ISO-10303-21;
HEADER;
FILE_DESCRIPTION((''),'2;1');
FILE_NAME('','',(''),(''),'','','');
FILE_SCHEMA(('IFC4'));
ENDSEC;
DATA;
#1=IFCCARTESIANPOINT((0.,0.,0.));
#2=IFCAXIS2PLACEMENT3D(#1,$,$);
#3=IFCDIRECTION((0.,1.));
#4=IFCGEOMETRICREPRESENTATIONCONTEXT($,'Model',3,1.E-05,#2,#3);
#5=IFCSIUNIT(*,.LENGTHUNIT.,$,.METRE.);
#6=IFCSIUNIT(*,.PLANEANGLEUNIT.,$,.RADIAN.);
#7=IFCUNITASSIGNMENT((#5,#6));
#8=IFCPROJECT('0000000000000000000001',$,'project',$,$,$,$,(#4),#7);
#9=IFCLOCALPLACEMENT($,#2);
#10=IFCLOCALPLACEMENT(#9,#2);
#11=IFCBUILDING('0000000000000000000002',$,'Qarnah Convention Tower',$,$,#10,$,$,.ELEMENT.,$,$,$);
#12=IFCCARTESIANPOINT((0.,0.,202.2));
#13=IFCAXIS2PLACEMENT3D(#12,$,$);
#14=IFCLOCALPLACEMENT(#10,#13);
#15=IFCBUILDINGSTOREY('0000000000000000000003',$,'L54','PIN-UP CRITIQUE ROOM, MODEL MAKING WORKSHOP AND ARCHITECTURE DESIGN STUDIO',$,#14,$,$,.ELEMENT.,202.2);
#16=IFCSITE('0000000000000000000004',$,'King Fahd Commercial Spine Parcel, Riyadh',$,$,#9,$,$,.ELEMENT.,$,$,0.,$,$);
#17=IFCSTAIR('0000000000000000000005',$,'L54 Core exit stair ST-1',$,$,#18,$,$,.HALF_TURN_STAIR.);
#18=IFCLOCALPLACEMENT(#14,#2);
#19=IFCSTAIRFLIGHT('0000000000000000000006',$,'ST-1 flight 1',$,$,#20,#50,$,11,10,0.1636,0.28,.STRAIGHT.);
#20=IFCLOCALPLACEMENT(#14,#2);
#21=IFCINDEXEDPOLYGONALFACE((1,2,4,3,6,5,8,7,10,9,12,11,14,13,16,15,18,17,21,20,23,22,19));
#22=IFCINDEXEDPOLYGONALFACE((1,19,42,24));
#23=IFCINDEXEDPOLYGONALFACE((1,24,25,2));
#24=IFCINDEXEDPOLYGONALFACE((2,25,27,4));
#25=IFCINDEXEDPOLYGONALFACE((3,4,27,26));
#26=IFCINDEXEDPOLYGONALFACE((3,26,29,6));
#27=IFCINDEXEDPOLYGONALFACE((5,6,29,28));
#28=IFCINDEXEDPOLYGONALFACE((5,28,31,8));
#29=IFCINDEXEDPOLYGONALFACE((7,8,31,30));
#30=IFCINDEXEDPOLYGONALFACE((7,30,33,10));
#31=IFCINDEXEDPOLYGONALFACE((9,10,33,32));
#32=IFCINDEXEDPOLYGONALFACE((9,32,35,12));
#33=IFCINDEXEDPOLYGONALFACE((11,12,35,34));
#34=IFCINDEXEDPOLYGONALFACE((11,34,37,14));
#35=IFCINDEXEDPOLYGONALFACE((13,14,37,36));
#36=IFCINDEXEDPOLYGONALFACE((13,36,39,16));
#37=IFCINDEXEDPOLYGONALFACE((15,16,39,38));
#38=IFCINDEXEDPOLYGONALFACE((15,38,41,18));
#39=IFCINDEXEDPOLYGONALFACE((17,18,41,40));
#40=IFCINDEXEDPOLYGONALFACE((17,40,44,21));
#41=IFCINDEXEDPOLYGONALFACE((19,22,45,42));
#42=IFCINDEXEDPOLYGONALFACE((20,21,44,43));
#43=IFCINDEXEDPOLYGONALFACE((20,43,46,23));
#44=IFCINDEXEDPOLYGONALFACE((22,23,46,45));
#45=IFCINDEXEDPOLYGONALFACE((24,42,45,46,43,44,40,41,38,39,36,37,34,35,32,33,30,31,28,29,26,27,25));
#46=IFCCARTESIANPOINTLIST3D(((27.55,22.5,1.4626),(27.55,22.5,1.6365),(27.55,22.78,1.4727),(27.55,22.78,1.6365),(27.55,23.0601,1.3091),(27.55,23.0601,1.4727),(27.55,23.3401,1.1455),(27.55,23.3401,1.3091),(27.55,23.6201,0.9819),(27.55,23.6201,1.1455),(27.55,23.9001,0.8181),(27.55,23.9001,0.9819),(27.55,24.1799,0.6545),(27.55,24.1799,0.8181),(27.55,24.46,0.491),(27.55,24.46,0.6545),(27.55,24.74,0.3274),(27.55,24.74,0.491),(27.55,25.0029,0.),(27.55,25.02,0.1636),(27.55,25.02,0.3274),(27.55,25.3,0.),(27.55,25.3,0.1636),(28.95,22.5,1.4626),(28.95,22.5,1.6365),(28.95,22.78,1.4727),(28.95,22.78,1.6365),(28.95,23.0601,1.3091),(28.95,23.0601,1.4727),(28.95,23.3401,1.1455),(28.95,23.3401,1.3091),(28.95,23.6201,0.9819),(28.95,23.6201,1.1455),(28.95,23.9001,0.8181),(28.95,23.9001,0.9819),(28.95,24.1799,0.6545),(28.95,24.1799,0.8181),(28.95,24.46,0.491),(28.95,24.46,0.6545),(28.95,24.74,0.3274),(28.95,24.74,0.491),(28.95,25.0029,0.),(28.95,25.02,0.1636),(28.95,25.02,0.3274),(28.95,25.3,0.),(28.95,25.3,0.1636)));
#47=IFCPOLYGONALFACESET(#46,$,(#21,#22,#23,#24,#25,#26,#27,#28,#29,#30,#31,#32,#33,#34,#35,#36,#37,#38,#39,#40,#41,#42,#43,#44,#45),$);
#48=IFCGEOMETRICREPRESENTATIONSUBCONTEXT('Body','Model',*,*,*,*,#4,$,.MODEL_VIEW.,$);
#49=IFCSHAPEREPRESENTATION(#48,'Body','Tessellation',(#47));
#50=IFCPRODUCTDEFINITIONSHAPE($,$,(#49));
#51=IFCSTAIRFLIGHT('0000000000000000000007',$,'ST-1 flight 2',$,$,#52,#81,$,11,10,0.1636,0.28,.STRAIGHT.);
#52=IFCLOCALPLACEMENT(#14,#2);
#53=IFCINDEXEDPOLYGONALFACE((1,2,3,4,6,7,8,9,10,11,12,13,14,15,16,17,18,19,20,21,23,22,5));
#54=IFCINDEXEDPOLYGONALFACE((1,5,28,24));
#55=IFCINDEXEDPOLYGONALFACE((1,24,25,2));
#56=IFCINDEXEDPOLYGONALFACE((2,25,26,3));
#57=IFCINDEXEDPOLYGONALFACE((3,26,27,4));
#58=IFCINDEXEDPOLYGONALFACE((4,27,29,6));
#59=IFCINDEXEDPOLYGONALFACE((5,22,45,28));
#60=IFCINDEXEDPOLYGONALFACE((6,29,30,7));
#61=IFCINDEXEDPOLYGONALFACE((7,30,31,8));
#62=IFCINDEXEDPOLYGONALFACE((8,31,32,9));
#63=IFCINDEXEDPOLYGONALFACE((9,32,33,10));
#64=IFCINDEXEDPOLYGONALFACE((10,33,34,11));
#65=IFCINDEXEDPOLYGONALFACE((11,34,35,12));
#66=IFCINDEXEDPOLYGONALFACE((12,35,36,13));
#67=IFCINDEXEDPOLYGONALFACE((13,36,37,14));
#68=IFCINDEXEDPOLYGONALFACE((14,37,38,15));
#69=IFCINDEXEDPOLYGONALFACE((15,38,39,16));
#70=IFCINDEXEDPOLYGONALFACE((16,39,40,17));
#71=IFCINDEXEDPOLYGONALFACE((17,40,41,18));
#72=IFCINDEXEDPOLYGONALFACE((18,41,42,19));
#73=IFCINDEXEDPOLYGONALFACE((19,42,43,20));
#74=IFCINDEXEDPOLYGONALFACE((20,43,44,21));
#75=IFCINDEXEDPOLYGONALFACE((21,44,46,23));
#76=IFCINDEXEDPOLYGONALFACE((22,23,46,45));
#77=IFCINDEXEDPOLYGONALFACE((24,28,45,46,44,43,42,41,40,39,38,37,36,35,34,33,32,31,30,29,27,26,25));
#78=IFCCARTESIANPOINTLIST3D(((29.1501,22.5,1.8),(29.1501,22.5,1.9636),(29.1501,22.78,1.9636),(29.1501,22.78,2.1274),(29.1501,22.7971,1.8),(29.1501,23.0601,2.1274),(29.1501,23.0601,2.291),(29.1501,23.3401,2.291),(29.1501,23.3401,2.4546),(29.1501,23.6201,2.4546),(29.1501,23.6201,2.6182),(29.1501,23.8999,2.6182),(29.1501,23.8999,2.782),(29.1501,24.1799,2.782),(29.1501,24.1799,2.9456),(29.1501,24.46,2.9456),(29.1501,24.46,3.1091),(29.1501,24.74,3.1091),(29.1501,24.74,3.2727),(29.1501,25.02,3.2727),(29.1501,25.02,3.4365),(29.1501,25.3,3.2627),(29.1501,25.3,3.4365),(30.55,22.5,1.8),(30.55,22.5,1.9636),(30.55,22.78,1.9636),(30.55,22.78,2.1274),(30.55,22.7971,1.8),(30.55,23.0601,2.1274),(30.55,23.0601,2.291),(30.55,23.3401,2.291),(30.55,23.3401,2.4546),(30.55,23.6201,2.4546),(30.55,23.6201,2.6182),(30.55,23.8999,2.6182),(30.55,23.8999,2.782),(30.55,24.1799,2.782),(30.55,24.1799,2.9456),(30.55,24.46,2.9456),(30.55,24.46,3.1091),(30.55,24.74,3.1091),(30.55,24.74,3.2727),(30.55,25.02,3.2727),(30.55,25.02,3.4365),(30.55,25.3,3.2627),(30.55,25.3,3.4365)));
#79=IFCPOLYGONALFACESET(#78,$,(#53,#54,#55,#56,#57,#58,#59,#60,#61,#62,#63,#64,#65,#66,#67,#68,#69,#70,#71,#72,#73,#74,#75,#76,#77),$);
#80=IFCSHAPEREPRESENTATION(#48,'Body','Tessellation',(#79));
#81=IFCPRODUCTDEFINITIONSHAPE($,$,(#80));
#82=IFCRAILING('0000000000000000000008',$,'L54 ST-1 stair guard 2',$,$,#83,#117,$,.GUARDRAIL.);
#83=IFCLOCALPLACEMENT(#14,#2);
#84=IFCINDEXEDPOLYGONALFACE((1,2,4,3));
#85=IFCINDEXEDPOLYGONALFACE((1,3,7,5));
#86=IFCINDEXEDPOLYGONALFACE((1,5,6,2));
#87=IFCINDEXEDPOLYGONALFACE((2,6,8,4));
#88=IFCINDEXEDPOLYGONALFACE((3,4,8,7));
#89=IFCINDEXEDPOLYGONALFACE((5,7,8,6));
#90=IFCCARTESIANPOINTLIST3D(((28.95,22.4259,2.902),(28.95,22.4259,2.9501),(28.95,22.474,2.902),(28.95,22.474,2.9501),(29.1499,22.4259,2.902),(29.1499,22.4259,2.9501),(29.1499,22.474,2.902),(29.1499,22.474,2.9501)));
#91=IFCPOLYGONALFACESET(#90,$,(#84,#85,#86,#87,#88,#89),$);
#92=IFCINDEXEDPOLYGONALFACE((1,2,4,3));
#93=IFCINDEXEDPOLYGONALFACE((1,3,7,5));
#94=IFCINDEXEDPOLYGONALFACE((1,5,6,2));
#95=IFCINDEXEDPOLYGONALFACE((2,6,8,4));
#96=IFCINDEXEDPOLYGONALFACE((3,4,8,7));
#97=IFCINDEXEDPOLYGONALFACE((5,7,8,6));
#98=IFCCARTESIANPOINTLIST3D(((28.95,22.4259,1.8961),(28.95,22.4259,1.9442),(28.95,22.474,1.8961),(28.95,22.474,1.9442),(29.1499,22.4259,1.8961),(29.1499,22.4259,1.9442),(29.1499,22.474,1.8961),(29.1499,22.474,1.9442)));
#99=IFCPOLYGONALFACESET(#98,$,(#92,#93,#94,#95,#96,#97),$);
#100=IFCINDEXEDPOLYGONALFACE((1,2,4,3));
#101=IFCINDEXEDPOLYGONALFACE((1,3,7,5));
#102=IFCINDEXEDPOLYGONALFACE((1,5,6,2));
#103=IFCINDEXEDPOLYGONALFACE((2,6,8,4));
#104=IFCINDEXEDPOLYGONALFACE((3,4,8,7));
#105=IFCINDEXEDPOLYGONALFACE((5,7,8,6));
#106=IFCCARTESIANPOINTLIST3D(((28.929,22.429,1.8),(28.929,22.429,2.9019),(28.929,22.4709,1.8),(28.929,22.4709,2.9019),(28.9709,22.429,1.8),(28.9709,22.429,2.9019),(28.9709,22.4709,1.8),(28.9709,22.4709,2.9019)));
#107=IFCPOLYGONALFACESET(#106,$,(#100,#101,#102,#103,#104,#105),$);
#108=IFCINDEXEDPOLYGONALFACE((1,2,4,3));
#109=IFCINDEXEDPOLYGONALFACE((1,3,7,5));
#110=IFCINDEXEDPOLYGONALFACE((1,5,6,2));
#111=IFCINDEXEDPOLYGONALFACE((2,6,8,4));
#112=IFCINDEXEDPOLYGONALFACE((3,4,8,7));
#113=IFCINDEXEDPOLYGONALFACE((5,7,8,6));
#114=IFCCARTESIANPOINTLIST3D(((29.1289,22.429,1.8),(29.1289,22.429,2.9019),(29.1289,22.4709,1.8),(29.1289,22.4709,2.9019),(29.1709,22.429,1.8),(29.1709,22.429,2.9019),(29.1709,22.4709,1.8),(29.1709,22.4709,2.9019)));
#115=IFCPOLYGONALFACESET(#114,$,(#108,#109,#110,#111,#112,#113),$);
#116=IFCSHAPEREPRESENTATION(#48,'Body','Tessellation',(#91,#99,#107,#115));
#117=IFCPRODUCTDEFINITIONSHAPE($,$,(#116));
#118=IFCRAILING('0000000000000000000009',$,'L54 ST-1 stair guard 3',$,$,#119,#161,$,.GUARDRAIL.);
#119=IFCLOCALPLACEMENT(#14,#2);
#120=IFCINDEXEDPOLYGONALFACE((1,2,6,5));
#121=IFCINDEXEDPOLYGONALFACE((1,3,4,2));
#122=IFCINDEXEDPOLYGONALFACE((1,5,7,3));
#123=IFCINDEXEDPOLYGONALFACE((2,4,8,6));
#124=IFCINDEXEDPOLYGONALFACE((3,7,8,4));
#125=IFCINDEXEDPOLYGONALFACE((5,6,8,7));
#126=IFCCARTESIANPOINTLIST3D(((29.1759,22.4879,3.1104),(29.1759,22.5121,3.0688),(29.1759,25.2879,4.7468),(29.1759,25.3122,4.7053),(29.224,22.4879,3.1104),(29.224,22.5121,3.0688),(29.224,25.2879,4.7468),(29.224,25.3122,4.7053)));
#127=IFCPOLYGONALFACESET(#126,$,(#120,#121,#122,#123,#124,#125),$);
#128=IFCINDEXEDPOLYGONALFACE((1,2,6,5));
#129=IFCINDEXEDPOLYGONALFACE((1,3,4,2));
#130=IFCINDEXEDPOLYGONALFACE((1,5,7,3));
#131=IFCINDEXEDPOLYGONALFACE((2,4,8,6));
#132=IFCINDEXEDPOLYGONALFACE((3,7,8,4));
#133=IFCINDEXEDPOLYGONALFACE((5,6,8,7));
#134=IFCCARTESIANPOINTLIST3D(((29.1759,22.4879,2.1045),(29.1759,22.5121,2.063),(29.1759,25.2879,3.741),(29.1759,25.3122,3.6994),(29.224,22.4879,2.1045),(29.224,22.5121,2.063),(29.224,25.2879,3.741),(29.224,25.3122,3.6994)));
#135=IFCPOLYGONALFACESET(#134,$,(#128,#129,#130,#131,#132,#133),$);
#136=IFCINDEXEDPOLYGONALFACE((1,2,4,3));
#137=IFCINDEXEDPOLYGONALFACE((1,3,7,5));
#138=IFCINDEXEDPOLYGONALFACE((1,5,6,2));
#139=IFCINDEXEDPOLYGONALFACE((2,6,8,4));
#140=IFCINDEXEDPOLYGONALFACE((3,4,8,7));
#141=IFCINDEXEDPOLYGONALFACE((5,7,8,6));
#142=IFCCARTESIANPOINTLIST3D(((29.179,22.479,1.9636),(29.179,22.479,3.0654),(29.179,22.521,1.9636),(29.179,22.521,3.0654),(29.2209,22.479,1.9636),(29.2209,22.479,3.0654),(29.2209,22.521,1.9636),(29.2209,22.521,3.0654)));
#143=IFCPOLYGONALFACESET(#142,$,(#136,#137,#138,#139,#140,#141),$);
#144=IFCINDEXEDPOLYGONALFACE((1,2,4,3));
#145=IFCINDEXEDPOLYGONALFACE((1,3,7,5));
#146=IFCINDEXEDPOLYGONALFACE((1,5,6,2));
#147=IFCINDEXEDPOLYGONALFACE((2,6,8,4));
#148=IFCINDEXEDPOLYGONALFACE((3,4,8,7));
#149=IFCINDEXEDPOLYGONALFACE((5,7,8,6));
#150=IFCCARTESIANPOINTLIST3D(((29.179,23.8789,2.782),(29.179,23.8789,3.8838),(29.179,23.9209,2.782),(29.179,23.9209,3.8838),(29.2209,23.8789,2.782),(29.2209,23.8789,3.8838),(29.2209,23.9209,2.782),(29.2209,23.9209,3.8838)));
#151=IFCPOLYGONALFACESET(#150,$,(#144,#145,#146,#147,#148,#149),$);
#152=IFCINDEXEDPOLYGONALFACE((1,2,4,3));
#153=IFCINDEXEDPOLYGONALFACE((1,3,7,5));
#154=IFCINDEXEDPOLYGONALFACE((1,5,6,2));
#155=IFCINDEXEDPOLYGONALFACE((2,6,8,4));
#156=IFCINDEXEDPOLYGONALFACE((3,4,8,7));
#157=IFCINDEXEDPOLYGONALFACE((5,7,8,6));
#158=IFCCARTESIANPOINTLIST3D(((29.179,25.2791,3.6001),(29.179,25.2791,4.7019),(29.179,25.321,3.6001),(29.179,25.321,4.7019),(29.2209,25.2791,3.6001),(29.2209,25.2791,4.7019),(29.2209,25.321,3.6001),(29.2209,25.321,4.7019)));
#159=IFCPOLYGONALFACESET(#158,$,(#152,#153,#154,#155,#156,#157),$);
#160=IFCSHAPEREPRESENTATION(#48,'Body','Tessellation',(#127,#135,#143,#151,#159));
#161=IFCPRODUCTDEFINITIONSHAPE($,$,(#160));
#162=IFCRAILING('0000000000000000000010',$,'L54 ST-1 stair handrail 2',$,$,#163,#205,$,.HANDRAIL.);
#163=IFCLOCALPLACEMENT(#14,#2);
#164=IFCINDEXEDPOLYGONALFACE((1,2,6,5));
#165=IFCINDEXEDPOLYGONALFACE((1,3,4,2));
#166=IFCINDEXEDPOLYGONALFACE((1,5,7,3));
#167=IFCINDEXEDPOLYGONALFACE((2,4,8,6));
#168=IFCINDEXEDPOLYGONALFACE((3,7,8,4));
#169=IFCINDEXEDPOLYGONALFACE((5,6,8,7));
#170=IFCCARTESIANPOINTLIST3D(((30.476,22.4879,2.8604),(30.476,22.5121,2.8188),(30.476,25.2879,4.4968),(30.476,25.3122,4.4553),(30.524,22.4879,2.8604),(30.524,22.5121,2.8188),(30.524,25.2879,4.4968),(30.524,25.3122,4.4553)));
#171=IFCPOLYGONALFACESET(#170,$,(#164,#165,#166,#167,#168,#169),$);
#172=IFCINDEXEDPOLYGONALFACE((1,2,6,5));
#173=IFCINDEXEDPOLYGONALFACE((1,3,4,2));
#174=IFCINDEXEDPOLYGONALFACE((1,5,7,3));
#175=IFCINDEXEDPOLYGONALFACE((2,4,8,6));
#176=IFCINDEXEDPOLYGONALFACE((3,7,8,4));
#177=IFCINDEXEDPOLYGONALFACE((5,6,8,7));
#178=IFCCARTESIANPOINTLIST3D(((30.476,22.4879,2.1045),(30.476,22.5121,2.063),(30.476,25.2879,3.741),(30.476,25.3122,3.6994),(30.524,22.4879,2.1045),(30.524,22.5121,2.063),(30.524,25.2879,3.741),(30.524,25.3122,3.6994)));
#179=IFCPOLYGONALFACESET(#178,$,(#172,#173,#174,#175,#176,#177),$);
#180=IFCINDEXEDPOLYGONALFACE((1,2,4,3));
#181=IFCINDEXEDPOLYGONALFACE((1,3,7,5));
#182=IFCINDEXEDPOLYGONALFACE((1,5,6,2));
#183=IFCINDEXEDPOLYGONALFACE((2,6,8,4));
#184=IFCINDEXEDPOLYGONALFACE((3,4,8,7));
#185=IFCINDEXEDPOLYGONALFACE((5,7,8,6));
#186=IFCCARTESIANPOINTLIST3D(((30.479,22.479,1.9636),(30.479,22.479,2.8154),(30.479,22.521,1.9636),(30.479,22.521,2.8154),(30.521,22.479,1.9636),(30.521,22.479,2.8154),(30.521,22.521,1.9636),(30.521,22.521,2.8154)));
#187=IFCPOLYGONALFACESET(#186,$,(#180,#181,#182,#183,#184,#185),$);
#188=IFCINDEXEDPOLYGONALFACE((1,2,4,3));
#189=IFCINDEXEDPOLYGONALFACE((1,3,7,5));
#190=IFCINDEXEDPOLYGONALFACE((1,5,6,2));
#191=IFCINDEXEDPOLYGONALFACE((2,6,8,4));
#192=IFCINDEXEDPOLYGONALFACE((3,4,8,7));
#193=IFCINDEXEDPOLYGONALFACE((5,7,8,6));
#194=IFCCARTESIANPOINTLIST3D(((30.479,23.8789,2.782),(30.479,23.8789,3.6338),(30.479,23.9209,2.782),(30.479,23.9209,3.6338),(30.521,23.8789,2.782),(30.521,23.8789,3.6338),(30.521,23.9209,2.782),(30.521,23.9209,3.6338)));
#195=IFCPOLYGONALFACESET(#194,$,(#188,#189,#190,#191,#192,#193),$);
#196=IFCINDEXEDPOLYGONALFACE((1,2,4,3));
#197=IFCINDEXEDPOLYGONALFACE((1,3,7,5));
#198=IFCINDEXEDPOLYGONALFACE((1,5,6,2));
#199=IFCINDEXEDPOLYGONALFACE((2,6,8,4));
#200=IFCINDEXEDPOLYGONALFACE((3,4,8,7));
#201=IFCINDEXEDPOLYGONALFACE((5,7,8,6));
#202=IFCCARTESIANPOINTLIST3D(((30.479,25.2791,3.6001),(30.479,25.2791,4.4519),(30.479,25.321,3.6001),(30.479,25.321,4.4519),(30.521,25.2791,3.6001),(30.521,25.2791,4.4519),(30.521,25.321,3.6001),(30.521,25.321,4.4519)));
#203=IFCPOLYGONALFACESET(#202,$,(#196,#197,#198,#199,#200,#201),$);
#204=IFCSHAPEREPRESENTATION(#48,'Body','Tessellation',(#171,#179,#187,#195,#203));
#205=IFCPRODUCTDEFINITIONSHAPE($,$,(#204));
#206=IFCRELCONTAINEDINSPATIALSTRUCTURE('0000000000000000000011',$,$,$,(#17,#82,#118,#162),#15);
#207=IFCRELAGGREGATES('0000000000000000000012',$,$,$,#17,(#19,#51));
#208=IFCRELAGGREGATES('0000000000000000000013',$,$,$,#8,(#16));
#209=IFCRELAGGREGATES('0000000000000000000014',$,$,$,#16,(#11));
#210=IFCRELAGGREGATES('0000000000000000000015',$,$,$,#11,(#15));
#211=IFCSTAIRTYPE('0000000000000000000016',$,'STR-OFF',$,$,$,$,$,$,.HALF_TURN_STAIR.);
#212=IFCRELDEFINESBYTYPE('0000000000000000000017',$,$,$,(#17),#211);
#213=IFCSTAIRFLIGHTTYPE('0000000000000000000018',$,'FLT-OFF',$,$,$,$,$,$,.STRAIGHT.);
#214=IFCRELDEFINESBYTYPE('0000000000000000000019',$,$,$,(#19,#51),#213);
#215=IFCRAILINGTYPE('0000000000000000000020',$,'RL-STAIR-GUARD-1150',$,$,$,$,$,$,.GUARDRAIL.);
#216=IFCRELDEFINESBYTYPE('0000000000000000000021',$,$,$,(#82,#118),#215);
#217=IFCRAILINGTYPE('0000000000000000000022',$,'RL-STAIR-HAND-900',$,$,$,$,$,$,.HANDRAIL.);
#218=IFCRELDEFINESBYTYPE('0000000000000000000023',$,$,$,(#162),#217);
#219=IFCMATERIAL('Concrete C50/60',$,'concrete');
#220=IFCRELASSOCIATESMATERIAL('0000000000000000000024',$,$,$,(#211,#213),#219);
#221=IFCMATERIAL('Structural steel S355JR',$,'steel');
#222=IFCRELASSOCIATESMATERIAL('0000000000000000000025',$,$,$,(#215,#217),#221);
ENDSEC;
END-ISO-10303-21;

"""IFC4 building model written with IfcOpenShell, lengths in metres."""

from ifc_helpers import new_model, si_unit, direction, frame, origin, origin_2d, place, context, subcontext, project, spatial, polyline, rectangle, outline, extrude, material, type_object, element, aggregate, save


model = new_model("IFC4")

# Units and contexts
model_context = context("Model", 3, precision=1e-05, world=origin(), true_north=direction((0.0, 1.0)))
body_context = subcontext(model_context, "Body", "Model", "MODEL_VIEW")
ifc_project = project(units=[si_unit("LENGTHUNIT", "METRE"), si_unit("PLANEANGLEUNIT", "RADIAN")], contexts=[model_context])

# Site, building, storey
site_placement = place(None, origin())
site = spatial("IfcSite", under=ifc_project, at=site_placement, Name="King Fahd Commercial Spine Parcel, Riyadh", CompositionType="ELEMENT", RefElevation=0.0)
building_placement = place(site_placement, origin())
building = spatial("IfcBuilding", under=site, at=building_placement, Name="Qarnah Convention Tower", CompositionType="ELEMENT")
storey_placement = place(building_placement, frame((0.0, 0.0, 202.2)))
storey = spatial("IfcBuildingStorey", under=building, at=storey_placement, Name="L54", Description="PIN-UP CRITIQUE ROOM, MODEL MAKING WORKSHOP AND ARCHITECTURE DESIGN STUDIO", CompositionType="ELEMENT", Elevation=202.2)

# Shared definitions
ifc_material_1 = material(Name="Structural steel S355JR", Category="steel")

# Stair, stair flights
ifc_material_2 = material(Name="Concrete C50/60", Category="concrete")
stair_type = type_object("IfcStairType", Name="STR-OFF", PredefinedType="HALF_TURN_STAIR", material=ifc_material_2)
stair_placement = place(storey_placement, origin())
stair = element("IfcStair", 1, at=stair_placement, inside=storey, type_object=stair_type, Name="L54 Core exit stair ST-1", PredefinedType="HALF_TURN_STAIR")
stair_flight_type = type_object("IfcStairFlightType", Name="FLT-OFF", PredefinedType="STRAIGHT", material=ifc_material_2)
stair_flight_1_placement = place(storey_placement, frame((28.25, 25.3, 0.0), z_axis=(0.0, 0.0, 1.0), x_axis=(0.0, -1.0, 0.0)))
stair_flight_1 = element("IfcStairFlight", 2, at=stair_flight_1_placement, type_object=stair_flight_type, Name="ST-1 flight 1", NumberOfRisers=11, NumberOfTreads=10, PredefinedType="STRAIGHT", RiserHeight=0.1636, TreadLength=0.28, context=body_context, shape_type="SweptSolid", body=[
    extrude(outline(polyline([(0.0, 0.0), (0.0, 0.1636), (0.28, 0.1636), (0.28, 0.3274), (0.5601, 0.3274), (0.5601, 0.491), (0.8401, 0.491), (0.8401, 0.6545), (1.1201, 0.6545), (1.1201, 0.8181), (1.3999, 0.8181), (1.3999, 0.9819), (1.6799, 0.9819), (1.6799, 1.1455), (1.96, 1.1455), (1.96, 1.3091), (2.24, 1.3091), (2.24, 1.4727), (2.52, 1.4727), (2.52, 1.6365), (2.8, 1.6365), (2.8, 1.8), (2.8, 1.4626), (0.2971, 0.0), (0.0, 0.0)])), frame((0.0, 0.7, 0.0), z_axis=(0.0, -1.0, 0.0), x_axis=(1.0, 0.0, 0.0)), (0.0, 0.0, 1.0), 1.3999),
])
stair_flight_2_placement = place(storey_placement, frame((29.8501, 22.5, 1.8), z_axis=(0.0, 0.0, 1.0), x_axis=(0.0, 1.0, 0.0)))
stair_flight_2 = element("IfcStairFlight", 3, at=stair_flight_2_placement, type_object=stair_flight_type, Name="ST-1 flight 2", NumberOfRisers=11, NumberOfTreads=10, PredefinedType="STRAIGHT", RiserHeight=0.1636, TreadLength=0.28, context=body_context, shape_type="SweptSolid", body=[
    extrude(outline(polyline([(0.0, 0.0), (0.0, 0.1636), (0.28, 0.1636), (0.28, 0.3274), (0.5601, 0.3274), (0.5601, 0.491), (0.8401, 0.491), (0.8401, 0.6545), (1.1201, 0.6545), (1.1201, 0.8181), (1.3999, 0.8181), (1.3999, 0.9819), (1.6799, 0.9819), (1.6799, 1.1455), (1.96, 1.1455), (1.96, 1.3091), (2.24, 1.3091), (2.24, 1.4727), (2.52, 1.4727), (2.52, 1.6365), (2.8, 1.6365), (2.8, 1.8), (2.8, 1.4626), (0.2971, 0.0), (0.0, 0.0)])), frame((0.0, 0.7, 0.0), z_axis=(0.0, -1.0, 0.0), x_axis=(1.0, 0.0, 0.0)), (0.0, 0.0, 1.0), 1.3999),
])
aggregate(stair, [stair_flight_1, stair_flight_2])

# Railings
railing_type_1 = type_object("IfcRailingType", Name="RL-STAIR-GUARD-1150", PredefinedType="GUARDRAIL", material=ifc_material_1)
railing_1_placement = place(storey_placement, frame((28.95, 22.45, 1.8)))
element("IfcRailing", 4, at=railing_1_placement, inside=storey, type_object=railing_type_1, Name="L54 ST-1 stair guard 2", PredefinedType="GUARDRAIL", context=body_context, shape_type="SweptSolid", body=[
    extrude(rectangle(XDim=0.0481, YDim=0.0481, at=origin_2d()), frame((0.0, 0.0, 1.126), z_axis=(1.0, 0.0, 0.0), x_axis=(0.0, 1.0, 0.0)), (0.0, 0.0, 1.0), 0.2),
    extrude(rectangle(XDim=0.0481, YDim=0.0481, at=origin_2d()), frame((0.0, 0.0, 0.1201), z_axis=(1.0, 0.0, 0.0), x_axis=(0.0, 1.0, 0.0)), (0.0, 0.0, 1.0), 0.2),
    extrude(rectangle(XDim=0.042, YDim=0.042, at=origin_2d()), origin(), (0.0, 0.0, 1.0), 1.1018),
    extrude(rectangle(XDim=0.042, YDim=0.042, at=origin_2d()), frame((0.2, 0.0, 0.0)), (0.0, 0.0, 1.0), 1.1018),
])
railing_2_placement = place(storey_placement, frame((29.2, 22.5, 1.9636)))
element("IfcRailing", 5, at=railing_2_placement, inside=storey, type_object=railing_type_1, Name="L54 ST-1 stair guard 3", PredefinedType="GUARDRAIL", context=body_context, shape_type="SweptSolid", body=[
    extrude(rectangle(XDim=0.0481, YDim=0.0481, at=origin_2d()), frame((0.0, 0.0, 1.126), z_axis=(0.0, 0.863361, 0.504587), x_axis=(-1.0, 0.0, 0.0)), (0.0, 0.0, 1.0), 3.2432),
    extrude(rectangle(XDim=0.0481, YDim=0.0481, at=origin_2d()), frame((0.0, 0.0, 0.1201), z_axis=(0.0, 0.863361, 0.504587), x_axis=(-1.0, 0.0, 0.0)), (0.0, 0.0, 1.0), 3.2432),
    extrude(rectangle(XDim=0.042, YDim=0.042, at=origin_2d()), origin(), (0.0, 0.0, 1.0), 1.1018),
    extrude(rectangle(XDim=0.042, YDim=0.042, at=origin_2d()), frame((0.0, 1.3999, 0.8184)), (0.0, 0.0, 1.0), 1.1018),
    extrude(rectangle(XDim=0.042, YDim=0.042, at=origin_2d()), frame((0.0, 2.8, 1.6365)), (0.0, 0.0, 1.0), 1.1018),
])
railing_type_2 = type_object("IfcRailingType", Name="RL-STAIR-HAND-900", PredefinedType="HANDRAIL", material=ifc_material_1)
railing_3_placement = place(storey_placement, frame((30.5, 22.5, 1.9636)))
element("IfcRailing", 6, at=railing_3_placement, inside=storey, type_object=railing_type_2, Name="L54 ST-1 stair handrail 2", PredefinedType="HANDRAIL", context=body_context, shape_type="SweptSolid", body=[
    extrude(rectangle(XDim=0.0481, YDim=0.0481, at=origin_2d()), frame((0.0, 0.0, 0.876), z_axis=(0.0, 0.863361, 0.504587), x_axis=(-1.0, 0.0, 0.0)), (0.0, 0.0, 1.0), 3.2432),
    extrude(rectangle(XDim=0.0481, YDim=0.0481, at=origin_2d()), frame((0.0, 0.0, 0.1201), z_axis=(0.0, 0.863361, 0.504587), x_axis=(-1.0, 0.0, 0.0)), (0.0, 0.0, 1.0), 3.2432),
    extrude(rectangle(XDim=0.042, YDim=0.042, at=origin_2d()), origin(), (0.0, 0.0, 1.0), 0.8518),
    extrude(rectangle(XDim=0.042, YDim=0.042, at=origin_2d()), frame((0.0, 1.3999, 0.8184)), (0.0, 0.0, 1.0), 0.8518),
    extrude(rectangle(XDim=0.042, YDim=0.042, at=origin_2d()), frame((0.0, 2.8, 1.6365)), (0.0, 0.0, 1.0), 0.8518),
])

save(model, "model.ifc")
